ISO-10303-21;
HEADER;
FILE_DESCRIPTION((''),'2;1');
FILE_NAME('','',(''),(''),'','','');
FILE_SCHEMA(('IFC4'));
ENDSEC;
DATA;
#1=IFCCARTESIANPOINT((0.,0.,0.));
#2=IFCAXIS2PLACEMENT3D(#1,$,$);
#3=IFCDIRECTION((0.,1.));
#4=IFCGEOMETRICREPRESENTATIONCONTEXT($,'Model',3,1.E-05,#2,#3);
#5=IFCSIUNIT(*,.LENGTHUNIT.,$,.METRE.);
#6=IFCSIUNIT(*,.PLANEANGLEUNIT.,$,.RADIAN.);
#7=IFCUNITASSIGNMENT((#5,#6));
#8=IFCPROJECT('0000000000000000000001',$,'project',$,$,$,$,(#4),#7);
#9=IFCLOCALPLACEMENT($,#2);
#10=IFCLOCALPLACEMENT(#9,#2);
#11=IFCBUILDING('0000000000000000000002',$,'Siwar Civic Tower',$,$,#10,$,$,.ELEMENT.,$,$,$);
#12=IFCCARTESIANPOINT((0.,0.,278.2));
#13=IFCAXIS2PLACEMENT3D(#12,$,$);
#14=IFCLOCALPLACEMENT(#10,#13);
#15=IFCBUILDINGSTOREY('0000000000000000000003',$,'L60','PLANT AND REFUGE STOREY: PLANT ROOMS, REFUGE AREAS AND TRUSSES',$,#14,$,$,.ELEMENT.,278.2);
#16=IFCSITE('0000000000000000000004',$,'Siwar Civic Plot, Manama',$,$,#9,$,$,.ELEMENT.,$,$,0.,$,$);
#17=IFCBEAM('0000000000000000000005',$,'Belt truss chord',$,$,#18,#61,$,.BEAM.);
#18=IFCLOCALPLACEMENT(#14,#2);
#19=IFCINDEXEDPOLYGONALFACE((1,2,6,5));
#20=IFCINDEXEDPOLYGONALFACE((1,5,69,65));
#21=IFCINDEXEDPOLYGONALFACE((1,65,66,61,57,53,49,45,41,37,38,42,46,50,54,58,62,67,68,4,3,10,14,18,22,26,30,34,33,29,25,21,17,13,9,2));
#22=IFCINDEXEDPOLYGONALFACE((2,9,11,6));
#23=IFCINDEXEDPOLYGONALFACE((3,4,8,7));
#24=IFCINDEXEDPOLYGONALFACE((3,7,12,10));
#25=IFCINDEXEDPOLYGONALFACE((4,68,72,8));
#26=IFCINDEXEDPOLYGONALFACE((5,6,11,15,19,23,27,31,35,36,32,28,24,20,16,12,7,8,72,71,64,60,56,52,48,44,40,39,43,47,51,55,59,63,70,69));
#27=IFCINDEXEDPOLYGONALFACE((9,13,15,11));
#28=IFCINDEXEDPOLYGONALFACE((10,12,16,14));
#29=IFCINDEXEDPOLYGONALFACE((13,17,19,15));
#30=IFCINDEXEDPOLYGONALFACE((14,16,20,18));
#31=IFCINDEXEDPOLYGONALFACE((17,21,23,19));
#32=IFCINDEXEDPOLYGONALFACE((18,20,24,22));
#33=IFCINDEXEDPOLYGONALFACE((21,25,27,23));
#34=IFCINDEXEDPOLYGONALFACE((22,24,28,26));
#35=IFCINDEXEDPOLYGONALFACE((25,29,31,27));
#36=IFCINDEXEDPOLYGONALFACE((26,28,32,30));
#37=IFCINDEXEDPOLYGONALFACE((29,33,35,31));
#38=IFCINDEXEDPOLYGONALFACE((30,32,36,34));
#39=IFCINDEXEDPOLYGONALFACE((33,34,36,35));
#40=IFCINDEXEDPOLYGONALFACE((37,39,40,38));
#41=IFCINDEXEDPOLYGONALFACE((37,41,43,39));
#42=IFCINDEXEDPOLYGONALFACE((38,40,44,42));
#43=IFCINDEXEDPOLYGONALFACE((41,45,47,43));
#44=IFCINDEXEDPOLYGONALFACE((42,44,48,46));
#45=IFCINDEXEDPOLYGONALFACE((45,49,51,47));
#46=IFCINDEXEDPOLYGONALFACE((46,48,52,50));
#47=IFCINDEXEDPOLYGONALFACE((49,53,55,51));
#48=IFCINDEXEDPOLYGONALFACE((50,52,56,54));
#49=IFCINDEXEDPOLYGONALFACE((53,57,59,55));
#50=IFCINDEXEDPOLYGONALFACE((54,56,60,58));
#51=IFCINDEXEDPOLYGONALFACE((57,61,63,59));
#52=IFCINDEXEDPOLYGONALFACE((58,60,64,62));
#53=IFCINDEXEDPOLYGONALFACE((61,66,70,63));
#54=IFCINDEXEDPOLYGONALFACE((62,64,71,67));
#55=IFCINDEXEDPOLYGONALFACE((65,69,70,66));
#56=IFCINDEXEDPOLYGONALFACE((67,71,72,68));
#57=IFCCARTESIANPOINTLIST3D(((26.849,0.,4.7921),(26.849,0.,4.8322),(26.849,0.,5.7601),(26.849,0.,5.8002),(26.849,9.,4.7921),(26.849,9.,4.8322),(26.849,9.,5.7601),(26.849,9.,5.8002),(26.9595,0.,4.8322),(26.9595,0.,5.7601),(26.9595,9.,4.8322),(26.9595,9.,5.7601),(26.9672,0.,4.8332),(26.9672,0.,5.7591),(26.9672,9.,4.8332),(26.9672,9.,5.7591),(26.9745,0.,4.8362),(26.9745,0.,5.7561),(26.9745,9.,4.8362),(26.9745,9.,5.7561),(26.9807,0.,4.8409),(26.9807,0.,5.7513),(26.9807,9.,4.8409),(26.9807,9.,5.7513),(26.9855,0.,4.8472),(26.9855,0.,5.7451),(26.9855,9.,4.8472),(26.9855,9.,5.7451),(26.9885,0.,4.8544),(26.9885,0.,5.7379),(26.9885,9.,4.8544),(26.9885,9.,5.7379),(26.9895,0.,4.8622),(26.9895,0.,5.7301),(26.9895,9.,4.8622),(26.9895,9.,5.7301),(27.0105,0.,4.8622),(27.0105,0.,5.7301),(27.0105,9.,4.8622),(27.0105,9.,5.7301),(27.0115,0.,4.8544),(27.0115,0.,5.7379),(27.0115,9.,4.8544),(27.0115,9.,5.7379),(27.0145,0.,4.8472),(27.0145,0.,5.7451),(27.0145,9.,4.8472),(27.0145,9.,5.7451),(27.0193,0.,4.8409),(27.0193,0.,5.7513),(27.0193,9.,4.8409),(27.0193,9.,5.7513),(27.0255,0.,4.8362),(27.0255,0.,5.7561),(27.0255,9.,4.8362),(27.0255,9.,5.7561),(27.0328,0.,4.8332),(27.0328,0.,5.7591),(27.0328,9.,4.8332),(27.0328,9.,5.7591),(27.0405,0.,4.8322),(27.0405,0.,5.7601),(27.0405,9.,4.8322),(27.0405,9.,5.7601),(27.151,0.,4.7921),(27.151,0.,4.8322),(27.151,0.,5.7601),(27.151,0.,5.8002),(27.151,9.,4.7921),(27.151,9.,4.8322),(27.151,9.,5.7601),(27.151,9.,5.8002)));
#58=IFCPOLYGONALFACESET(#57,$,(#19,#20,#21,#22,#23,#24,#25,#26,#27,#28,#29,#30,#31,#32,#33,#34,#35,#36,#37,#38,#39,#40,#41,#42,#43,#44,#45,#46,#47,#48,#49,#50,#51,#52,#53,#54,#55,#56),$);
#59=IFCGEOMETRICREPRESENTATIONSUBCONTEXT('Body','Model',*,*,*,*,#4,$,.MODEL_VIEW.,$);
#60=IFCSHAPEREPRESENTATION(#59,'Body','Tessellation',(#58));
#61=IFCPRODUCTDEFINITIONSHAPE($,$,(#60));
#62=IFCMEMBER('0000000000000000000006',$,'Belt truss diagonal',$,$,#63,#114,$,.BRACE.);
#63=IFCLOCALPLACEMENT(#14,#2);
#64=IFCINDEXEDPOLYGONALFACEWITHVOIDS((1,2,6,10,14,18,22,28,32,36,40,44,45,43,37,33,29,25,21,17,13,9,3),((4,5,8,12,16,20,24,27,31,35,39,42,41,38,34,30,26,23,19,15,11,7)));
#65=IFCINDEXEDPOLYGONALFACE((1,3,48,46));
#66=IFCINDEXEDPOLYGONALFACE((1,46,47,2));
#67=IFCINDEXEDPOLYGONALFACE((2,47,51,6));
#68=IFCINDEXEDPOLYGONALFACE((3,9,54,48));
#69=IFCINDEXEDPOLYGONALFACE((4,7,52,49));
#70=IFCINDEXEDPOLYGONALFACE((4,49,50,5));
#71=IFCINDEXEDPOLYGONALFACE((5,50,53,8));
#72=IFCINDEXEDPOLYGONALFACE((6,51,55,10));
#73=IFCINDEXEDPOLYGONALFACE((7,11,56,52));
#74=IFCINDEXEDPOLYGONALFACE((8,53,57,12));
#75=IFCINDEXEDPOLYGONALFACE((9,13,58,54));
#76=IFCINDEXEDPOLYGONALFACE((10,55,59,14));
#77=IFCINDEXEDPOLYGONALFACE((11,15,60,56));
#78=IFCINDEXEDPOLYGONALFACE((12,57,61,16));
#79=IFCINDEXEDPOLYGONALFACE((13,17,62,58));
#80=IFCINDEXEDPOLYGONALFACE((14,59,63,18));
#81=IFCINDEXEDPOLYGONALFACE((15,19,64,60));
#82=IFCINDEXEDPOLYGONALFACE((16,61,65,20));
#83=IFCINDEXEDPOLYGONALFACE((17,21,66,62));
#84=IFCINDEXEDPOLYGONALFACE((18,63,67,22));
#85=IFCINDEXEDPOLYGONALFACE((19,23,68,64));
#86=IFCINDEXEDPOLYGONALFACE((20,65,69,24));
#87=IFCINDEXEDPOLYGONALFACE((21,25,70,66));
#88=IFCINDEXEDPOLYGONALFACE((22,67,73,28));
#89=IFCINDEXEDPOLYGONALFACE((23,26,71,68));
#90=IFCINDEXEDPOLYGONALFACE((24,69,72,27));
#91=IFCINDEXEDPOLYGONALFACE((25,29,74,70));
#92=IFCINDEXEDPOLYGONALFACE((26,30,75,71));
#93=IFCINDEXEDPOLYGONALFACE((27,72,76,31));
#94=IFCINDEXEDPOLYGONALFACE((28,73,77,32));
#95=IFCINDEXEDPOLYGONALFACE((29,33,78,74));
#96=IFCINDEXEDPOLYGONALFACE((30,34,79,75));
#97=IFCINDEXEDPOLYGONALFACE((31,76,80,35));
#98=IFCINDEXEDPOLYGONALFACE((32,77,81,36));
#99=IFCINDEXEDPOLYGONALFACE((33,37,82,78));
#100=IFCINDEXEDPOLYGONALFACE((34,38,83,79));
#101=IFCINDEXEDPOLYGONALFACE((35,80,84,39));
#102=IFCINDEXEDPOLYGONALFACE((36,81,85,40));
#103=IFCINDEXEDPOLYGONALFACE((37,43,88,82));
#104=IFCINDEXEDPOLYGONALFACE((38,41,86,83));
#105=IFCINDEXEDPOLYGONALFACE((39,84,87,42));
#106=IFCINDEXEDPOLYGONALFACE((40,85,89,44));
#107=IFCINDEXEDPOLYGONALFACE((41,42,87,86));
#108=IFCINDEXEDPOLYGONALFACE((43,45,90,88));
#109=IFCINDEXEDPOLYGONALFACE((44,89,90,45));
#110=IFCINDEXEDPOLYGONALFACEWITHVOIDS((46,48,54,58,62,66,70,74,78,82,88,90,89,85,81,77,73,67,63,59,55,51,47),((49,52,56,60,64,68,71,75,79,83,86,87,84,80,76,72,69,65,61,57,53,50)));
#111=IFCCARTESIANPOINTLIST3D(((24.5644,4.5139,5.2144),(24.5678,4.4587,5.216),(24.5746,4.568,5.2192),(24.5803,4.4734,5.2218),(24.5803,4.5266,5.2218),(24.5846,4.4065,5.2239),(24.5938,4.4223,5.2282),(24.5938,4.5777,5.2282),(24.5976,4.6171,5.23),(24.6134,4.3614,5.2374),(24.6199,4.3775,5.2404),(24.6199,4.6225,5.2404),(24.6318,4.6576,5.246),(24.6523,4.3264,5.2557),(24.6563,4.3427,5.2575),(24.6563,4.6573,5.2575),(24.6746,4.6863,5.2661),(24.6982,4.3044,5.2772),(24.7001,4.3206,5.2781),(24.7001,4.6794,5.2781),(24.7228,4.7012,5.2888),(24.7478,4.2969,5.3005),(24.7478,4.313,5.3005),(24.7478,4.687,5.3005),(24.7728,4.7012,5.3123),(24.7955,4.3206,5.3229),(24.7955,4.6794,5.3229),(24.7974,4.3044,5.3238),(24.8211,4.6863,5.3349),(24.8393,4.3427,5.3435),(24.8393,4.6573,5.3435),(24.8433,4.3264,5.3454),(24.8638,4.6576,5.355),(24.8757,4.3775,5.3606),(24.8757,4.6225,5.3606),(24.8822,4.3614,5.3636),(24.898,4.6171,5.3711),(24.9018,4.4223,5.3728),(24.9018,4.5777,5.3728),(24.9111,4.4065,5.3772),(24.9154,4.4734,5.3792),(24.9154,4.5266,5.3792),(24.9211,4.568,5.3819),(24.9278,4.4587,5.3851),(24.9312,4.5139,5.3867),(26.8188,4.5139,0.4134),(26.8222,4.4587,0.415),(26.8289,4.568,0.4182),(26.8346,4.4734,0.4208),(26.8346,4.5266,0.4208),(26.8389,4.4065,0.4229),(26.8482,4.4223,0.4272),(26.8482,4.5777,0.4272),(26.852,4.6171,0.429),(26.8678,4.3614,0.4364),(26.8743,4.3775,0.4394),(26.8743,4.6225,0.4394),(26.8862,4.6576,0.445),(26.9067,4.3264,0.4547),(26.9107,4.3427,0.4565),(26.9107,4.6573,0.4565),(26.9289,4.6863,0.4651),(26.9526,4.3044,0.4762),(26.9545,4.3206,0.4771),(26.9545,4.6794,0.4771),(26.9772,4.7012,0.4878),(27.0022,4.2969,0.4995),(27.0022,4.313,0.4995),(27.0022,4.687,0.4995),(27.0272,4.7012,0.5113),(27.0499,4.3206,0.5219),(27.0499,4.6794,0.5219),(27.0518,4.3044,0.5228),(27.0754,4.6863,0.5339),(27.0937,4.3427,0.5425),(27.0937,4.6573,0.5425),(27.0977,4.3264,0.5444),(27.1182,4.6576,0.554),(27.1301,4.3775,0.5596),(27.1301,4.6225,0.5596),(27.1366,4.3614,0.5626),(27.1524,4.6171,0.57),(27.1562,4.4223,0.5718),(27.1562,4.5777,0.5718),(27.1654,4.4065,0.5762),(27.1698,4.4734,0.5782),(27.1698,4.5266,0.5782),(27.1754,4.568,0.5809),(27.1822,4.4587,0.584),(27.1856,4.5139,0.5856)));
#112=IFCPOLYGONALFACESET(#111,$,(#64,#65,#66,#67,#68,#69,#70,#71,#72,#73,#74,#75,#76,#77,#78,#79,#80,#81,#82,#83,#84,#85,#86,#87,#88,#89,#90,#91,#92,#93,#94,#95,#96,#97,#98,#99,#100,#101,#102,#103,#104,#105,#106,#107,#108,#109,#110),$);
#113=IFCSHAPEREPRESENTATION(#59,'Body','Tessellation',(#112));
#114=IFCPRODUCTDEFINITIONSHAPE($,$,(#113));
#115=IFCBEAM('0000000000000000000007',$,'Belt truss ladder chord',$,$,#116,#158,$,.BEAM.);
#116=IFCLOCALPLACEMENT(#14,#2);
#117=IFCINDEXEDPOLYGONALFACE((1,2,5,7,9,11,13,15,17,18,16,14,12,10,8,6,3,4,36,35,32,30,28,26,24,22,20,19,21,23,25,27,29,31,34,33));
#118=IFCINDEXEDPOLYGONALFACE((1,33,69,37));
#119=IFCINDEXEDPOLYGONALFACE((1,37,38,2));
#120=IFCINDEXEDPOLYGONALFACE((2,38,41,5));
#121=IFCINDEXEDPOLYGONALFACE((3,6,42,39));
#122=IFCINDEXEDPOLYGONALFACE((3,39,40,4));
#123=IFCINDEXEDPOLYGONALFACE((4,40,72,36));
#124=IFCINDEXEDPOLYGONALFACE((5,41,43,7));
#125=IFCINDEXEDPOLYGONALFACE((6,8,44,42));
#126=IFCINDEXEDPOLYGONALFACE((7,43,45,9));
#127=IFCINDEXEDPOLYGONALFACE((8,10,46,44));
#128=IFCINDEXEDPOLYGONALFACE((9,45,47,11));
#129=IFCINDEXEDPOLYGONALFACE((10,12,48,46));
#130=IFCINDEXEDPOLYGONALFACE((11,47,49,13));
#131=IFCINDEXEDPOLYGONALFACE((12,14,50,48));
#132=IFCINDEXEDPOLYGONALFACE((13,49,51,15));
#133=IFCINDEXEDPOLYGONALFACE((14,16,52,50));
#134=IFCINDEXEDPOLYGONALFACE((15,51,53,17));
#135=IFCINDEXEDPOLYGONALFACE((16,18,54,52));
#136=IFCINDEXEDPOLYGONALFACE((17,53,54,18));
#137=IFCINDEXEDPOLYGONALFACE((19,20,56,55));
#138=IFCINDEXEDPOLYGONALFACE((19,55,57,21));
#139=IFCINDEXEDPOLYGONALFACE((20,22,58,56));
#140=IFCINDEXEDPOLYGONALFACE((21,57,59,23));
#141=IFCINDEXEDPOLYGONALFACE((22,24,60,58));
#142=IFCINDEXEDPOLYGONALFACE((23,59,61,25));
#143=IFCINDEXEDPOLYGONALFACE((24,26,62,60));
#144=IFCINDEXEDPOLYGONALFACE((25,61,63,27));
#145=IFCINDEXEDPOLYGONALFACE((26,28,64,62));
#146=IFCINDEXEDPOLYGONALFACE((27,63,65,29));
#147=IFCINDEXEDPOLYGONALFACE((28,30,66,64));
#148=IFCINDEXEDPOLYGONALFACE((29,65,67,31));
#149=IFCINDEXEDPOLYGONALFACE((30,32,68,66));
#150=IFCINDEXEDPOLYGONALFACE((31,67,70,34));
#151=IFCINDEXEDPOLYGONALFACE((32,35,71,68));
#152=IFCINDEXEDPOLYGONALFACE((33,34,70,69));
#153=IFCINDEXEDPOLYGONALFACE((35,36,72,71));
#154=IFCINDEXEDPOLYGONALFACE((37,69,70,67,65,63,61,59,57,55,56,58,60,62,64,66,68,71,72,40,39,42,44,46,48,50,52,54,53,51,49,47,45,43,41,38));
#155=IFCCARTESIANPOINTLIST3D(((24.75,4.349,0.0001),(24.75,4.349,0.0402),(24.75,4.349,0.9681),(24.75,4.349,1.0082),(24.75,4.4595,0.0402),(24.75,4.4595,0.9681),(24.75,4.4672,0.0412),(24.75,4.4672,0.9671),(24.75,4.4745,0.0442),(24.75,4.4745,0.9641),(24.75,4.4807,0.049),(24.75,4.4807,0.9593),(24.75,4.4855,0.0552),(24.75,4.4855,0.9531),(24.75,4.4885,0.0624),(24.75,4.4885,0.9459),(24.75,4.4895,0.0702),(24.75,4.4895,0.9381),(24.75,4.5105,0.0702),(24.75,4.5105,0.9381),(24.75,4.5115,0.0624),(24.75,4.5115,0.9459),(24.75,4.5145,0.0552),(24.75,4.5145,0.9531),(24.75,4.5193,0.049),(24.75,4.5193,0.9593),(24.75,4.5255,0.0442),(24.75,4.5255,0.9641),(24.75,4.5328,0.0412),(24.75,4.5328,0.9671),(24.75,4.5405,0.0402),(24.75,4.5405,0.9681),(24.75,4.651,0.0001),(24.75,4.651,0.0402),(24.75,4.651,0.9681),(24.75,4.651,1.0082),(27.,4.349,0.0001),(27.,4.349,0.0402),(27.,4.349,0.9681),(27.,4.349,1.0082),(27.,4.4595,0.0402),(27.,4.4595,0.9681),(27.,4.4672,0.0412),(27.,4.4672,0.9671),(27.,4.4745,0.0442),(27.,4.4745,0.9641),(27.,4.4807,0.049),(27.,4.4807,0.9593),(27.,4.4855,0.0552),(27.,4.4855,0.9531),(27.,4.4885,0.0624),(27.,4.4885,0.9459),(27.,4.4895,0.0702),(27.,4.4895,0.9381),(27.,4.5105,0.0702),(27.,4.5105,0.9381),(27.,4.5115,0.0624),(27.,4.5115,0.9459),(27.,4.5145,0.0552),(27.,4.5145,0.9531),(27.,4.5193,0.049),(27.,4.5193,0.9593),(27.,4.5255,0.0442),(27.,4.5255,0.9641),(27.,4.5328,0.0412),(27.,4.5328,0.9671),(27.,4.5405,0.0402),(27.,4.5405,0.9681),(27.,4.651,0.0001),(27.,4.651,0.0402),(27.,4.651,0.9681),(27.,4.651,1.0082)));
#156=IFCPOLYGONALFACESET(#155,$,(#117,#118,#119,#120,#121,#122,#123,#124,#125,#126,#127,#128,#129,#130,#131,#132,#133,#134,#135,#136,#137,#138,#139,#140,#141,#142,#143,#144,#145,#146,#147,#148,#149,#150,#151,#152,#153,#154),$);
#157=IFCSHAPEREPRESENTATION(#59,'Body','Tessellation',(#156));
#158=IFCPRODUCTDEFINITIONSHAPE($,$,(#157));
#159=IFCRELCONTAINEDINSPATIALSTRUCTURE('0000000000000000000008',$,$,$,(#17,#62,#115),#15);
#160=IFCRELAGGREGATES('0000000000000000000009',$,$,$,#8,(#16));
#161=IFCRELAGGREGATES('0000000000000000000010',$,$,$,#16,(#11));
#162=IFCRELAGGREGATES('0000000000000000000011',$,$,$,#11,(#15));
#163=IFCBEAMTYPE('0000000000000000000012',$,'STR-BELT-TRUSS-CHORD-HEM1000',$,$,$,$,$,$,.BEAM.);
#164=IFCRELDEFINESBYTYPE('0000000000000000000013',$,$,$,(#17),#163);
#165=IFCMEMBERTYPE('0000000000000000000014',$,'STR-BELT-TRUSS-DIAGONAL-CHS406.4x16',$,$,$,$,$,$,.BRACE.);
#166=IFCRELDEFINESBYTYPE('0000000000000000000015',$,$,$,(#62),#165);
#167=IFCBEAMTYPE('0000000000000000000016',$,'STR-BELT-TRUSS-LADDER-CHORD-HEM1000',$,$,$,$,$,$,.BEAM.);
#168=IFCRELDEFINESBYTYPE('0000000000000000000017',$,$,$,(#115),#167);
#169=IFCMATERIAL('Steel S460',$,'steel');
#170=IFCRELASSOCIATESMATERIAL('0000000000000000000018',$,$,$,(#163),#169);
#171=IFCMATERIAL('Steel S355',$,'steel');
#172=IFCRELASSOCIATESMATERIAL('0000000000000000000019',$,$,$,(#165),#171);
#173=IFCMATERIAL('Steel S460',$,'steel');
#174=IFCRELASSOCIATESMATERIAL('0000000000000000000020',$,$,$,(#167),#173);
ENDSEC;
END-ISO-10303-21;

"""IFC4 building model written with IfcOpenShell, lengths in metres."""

from ifc_helpers import new_model, si_unit, direction, frame, origin, origin_2d, place, context, subcontext, project, spatial, hollow_circle, i_section, extrude, material, material_profile, profile_set, type_object, element, save


model = new_model("IFC4")

# Units and contexts
model_context = context("Model", 3, precision=1e-05, world=origin(), true_north=direction((0.0, 1.0)))
body_context = subcontext(model_context, "Body", "Model", "MODEL_VIEW")
ifc_project = project(units=[si_unit("LENGTHUNIT", "METRE"), si_unit("PLANEANGLEUNIT", "RADIAN")], contexts=[model_context])

# Site, building, storey
site_placement = place(None, origin())
site = spatial("IfcSite", under=ifc_project, at=site_placement, Name="Siwar Civic Plot, Manama", CompositionType="ELEMENT", RefElevation=0.0)
building_placement = place(site_placement, origin())
building = spatial("IfcBuilding", under=site, at=building_placement, Name="Siwar Civic Tower", CompositionType="ELEMENT")
storey_placement = place(building_placement, frame((0.0, 0.0, 278.2)))
storey = spatial("IfcBuildingStorey", under=building, at=storey_placement, Name="L60", Description="PLANT AND REFUGE STOREY: PLANT ROOMS, REFUGE AREAS AND TRUSSES", CompositionType="ELEMENT", Elevation=278.2)

# Beam
ifc_material_1 = material(Name="Steel S460", Category="steel")
ifc_material_profile_1 = material_profile(ifc_material_1, i_section(OverallWidth=0.302, OverallDepth=1.0081, WebThickness=0.021, FlangeThickness=0.04, FilletRadius=0.03, at=origin_2d()), Name="HEM1000")
ifc_profile_set_1 = profile_set([ifc_material_profile_1], Name="Steel S460")
beam_type_1 = type_object("IfcBeamType", Name="STR-BELT-TRUSS-CHORD-HEM1000", PredefinedType="BEAM", material=ifc_profile_set_1)
for number, where, z_axis, x_axis, name in (
    (1, (27.0, 0.0, 5.2961), (0.0, 1.0, 0.0), (-1.0, 0.0, 0.0), "Belt truss chord"),
):
    element("IfcBeam", number, at=place(storey_placement, frame(where, z_axis=z_axis, x_axis=x_axis)), inside=storey, type_object=beam_type_1, Name=name, PredefinedType="BEAM", context=body_context, shape_type="SweptSolid", body=[
        extrude(i_section(OverallWidth=0.302, OverallDepth=1.0081, WebThickness=0.021, FlangeThickness=0.04, FilletRadius=0.03, at=origin_2d()), origin(), (0.0, 0.0, 1.0), 9.0),
    ])

# Member
ifc_material_2 = material(Name="Steel S355", Category="steel")
ifc_material_profile_2 = material_profile(ifc_material_2, hollow_circle(Radius=0.2031, WallThickness=0.0161, at=origin_2d()), Name="CHS406.4x16")
ifc_profile_set_2 = profile_set([ifc_material_profile_2], Name="Steel S355")
member_type_1 = type_object("IfcMemberType", Name="STR-BELT-TRUSS-DIAGONAL-CHS406.4x16", PredefinedType="BRACE", material=ifc_profile_set_2)
member_1_placement = place(storey_placement, frame((27.0022, 4.5, 0.4995), z_axis=(-0.425039, 0.0, 0.905175), x_axis=(0.0, -1.0, 0.0)))
element("IfcMember", 2, at=member_1_placement, inside=storey, type_object=member_type_1, Name="Belt truss diagonal", PredefinedType="BRACE", context=body_context, shape_type="SweptSolid", body=[
    extrude(hollow_circle(Radius=0.2031, WallThickness=0.0161, at=origin_2d()), origin(), (0.0, 0.0, 1.0), 5.304),
])

# Beam
ifc_material_3 = material(Name="Steel S460", Category="steel")
ifc_material_profile_3 = material_profile(ifc_material_3, i_section(OverallWidth=0.302, OverallDepth=1.0081, WebThickness=0.021, FlangeThickness=0.04, FilletRadius=0.03, at=origin_2d()), Name="HEM1000")
ifc_profile_set_3 = profile_set([ifc_material_profile_3], Name="Steel S460")
beam_type_2 = type_object("IfcBeamType", Name="STR-BELT-TRUSS-LADDER-CHORD-HEM1000", PredefinedType="BEAM", material=ifc_profile_set_3)
for number, where, z_axis, x_axis, name in (
    (3, (24.75, 4.5, 0.5042), (1.0, 0.0, 0.0), (0.0, 1.0, 0.0), "Belt truss ladder chord"),
):
    element("IfcBeam", number, at=place(storey_placement, frame(where, z_axis=z_axis, x_axis=x_axis)), inside=storey, type_object=beam_type_2, Name=name, PredefinedType="BEAM", context=body_context, shape_type="SweptSolid", body=[
        extrude(i_section(OverallWidth=0.302, OverallDepth=1.0081, WebThickness=0.021, FlangeThickness=0.04, FilletRadius=0.03, at=origin_2d()), origin(), (0.0, 0.0, 1.0), 2.25),
    ])

save(model, "model.ifc")
